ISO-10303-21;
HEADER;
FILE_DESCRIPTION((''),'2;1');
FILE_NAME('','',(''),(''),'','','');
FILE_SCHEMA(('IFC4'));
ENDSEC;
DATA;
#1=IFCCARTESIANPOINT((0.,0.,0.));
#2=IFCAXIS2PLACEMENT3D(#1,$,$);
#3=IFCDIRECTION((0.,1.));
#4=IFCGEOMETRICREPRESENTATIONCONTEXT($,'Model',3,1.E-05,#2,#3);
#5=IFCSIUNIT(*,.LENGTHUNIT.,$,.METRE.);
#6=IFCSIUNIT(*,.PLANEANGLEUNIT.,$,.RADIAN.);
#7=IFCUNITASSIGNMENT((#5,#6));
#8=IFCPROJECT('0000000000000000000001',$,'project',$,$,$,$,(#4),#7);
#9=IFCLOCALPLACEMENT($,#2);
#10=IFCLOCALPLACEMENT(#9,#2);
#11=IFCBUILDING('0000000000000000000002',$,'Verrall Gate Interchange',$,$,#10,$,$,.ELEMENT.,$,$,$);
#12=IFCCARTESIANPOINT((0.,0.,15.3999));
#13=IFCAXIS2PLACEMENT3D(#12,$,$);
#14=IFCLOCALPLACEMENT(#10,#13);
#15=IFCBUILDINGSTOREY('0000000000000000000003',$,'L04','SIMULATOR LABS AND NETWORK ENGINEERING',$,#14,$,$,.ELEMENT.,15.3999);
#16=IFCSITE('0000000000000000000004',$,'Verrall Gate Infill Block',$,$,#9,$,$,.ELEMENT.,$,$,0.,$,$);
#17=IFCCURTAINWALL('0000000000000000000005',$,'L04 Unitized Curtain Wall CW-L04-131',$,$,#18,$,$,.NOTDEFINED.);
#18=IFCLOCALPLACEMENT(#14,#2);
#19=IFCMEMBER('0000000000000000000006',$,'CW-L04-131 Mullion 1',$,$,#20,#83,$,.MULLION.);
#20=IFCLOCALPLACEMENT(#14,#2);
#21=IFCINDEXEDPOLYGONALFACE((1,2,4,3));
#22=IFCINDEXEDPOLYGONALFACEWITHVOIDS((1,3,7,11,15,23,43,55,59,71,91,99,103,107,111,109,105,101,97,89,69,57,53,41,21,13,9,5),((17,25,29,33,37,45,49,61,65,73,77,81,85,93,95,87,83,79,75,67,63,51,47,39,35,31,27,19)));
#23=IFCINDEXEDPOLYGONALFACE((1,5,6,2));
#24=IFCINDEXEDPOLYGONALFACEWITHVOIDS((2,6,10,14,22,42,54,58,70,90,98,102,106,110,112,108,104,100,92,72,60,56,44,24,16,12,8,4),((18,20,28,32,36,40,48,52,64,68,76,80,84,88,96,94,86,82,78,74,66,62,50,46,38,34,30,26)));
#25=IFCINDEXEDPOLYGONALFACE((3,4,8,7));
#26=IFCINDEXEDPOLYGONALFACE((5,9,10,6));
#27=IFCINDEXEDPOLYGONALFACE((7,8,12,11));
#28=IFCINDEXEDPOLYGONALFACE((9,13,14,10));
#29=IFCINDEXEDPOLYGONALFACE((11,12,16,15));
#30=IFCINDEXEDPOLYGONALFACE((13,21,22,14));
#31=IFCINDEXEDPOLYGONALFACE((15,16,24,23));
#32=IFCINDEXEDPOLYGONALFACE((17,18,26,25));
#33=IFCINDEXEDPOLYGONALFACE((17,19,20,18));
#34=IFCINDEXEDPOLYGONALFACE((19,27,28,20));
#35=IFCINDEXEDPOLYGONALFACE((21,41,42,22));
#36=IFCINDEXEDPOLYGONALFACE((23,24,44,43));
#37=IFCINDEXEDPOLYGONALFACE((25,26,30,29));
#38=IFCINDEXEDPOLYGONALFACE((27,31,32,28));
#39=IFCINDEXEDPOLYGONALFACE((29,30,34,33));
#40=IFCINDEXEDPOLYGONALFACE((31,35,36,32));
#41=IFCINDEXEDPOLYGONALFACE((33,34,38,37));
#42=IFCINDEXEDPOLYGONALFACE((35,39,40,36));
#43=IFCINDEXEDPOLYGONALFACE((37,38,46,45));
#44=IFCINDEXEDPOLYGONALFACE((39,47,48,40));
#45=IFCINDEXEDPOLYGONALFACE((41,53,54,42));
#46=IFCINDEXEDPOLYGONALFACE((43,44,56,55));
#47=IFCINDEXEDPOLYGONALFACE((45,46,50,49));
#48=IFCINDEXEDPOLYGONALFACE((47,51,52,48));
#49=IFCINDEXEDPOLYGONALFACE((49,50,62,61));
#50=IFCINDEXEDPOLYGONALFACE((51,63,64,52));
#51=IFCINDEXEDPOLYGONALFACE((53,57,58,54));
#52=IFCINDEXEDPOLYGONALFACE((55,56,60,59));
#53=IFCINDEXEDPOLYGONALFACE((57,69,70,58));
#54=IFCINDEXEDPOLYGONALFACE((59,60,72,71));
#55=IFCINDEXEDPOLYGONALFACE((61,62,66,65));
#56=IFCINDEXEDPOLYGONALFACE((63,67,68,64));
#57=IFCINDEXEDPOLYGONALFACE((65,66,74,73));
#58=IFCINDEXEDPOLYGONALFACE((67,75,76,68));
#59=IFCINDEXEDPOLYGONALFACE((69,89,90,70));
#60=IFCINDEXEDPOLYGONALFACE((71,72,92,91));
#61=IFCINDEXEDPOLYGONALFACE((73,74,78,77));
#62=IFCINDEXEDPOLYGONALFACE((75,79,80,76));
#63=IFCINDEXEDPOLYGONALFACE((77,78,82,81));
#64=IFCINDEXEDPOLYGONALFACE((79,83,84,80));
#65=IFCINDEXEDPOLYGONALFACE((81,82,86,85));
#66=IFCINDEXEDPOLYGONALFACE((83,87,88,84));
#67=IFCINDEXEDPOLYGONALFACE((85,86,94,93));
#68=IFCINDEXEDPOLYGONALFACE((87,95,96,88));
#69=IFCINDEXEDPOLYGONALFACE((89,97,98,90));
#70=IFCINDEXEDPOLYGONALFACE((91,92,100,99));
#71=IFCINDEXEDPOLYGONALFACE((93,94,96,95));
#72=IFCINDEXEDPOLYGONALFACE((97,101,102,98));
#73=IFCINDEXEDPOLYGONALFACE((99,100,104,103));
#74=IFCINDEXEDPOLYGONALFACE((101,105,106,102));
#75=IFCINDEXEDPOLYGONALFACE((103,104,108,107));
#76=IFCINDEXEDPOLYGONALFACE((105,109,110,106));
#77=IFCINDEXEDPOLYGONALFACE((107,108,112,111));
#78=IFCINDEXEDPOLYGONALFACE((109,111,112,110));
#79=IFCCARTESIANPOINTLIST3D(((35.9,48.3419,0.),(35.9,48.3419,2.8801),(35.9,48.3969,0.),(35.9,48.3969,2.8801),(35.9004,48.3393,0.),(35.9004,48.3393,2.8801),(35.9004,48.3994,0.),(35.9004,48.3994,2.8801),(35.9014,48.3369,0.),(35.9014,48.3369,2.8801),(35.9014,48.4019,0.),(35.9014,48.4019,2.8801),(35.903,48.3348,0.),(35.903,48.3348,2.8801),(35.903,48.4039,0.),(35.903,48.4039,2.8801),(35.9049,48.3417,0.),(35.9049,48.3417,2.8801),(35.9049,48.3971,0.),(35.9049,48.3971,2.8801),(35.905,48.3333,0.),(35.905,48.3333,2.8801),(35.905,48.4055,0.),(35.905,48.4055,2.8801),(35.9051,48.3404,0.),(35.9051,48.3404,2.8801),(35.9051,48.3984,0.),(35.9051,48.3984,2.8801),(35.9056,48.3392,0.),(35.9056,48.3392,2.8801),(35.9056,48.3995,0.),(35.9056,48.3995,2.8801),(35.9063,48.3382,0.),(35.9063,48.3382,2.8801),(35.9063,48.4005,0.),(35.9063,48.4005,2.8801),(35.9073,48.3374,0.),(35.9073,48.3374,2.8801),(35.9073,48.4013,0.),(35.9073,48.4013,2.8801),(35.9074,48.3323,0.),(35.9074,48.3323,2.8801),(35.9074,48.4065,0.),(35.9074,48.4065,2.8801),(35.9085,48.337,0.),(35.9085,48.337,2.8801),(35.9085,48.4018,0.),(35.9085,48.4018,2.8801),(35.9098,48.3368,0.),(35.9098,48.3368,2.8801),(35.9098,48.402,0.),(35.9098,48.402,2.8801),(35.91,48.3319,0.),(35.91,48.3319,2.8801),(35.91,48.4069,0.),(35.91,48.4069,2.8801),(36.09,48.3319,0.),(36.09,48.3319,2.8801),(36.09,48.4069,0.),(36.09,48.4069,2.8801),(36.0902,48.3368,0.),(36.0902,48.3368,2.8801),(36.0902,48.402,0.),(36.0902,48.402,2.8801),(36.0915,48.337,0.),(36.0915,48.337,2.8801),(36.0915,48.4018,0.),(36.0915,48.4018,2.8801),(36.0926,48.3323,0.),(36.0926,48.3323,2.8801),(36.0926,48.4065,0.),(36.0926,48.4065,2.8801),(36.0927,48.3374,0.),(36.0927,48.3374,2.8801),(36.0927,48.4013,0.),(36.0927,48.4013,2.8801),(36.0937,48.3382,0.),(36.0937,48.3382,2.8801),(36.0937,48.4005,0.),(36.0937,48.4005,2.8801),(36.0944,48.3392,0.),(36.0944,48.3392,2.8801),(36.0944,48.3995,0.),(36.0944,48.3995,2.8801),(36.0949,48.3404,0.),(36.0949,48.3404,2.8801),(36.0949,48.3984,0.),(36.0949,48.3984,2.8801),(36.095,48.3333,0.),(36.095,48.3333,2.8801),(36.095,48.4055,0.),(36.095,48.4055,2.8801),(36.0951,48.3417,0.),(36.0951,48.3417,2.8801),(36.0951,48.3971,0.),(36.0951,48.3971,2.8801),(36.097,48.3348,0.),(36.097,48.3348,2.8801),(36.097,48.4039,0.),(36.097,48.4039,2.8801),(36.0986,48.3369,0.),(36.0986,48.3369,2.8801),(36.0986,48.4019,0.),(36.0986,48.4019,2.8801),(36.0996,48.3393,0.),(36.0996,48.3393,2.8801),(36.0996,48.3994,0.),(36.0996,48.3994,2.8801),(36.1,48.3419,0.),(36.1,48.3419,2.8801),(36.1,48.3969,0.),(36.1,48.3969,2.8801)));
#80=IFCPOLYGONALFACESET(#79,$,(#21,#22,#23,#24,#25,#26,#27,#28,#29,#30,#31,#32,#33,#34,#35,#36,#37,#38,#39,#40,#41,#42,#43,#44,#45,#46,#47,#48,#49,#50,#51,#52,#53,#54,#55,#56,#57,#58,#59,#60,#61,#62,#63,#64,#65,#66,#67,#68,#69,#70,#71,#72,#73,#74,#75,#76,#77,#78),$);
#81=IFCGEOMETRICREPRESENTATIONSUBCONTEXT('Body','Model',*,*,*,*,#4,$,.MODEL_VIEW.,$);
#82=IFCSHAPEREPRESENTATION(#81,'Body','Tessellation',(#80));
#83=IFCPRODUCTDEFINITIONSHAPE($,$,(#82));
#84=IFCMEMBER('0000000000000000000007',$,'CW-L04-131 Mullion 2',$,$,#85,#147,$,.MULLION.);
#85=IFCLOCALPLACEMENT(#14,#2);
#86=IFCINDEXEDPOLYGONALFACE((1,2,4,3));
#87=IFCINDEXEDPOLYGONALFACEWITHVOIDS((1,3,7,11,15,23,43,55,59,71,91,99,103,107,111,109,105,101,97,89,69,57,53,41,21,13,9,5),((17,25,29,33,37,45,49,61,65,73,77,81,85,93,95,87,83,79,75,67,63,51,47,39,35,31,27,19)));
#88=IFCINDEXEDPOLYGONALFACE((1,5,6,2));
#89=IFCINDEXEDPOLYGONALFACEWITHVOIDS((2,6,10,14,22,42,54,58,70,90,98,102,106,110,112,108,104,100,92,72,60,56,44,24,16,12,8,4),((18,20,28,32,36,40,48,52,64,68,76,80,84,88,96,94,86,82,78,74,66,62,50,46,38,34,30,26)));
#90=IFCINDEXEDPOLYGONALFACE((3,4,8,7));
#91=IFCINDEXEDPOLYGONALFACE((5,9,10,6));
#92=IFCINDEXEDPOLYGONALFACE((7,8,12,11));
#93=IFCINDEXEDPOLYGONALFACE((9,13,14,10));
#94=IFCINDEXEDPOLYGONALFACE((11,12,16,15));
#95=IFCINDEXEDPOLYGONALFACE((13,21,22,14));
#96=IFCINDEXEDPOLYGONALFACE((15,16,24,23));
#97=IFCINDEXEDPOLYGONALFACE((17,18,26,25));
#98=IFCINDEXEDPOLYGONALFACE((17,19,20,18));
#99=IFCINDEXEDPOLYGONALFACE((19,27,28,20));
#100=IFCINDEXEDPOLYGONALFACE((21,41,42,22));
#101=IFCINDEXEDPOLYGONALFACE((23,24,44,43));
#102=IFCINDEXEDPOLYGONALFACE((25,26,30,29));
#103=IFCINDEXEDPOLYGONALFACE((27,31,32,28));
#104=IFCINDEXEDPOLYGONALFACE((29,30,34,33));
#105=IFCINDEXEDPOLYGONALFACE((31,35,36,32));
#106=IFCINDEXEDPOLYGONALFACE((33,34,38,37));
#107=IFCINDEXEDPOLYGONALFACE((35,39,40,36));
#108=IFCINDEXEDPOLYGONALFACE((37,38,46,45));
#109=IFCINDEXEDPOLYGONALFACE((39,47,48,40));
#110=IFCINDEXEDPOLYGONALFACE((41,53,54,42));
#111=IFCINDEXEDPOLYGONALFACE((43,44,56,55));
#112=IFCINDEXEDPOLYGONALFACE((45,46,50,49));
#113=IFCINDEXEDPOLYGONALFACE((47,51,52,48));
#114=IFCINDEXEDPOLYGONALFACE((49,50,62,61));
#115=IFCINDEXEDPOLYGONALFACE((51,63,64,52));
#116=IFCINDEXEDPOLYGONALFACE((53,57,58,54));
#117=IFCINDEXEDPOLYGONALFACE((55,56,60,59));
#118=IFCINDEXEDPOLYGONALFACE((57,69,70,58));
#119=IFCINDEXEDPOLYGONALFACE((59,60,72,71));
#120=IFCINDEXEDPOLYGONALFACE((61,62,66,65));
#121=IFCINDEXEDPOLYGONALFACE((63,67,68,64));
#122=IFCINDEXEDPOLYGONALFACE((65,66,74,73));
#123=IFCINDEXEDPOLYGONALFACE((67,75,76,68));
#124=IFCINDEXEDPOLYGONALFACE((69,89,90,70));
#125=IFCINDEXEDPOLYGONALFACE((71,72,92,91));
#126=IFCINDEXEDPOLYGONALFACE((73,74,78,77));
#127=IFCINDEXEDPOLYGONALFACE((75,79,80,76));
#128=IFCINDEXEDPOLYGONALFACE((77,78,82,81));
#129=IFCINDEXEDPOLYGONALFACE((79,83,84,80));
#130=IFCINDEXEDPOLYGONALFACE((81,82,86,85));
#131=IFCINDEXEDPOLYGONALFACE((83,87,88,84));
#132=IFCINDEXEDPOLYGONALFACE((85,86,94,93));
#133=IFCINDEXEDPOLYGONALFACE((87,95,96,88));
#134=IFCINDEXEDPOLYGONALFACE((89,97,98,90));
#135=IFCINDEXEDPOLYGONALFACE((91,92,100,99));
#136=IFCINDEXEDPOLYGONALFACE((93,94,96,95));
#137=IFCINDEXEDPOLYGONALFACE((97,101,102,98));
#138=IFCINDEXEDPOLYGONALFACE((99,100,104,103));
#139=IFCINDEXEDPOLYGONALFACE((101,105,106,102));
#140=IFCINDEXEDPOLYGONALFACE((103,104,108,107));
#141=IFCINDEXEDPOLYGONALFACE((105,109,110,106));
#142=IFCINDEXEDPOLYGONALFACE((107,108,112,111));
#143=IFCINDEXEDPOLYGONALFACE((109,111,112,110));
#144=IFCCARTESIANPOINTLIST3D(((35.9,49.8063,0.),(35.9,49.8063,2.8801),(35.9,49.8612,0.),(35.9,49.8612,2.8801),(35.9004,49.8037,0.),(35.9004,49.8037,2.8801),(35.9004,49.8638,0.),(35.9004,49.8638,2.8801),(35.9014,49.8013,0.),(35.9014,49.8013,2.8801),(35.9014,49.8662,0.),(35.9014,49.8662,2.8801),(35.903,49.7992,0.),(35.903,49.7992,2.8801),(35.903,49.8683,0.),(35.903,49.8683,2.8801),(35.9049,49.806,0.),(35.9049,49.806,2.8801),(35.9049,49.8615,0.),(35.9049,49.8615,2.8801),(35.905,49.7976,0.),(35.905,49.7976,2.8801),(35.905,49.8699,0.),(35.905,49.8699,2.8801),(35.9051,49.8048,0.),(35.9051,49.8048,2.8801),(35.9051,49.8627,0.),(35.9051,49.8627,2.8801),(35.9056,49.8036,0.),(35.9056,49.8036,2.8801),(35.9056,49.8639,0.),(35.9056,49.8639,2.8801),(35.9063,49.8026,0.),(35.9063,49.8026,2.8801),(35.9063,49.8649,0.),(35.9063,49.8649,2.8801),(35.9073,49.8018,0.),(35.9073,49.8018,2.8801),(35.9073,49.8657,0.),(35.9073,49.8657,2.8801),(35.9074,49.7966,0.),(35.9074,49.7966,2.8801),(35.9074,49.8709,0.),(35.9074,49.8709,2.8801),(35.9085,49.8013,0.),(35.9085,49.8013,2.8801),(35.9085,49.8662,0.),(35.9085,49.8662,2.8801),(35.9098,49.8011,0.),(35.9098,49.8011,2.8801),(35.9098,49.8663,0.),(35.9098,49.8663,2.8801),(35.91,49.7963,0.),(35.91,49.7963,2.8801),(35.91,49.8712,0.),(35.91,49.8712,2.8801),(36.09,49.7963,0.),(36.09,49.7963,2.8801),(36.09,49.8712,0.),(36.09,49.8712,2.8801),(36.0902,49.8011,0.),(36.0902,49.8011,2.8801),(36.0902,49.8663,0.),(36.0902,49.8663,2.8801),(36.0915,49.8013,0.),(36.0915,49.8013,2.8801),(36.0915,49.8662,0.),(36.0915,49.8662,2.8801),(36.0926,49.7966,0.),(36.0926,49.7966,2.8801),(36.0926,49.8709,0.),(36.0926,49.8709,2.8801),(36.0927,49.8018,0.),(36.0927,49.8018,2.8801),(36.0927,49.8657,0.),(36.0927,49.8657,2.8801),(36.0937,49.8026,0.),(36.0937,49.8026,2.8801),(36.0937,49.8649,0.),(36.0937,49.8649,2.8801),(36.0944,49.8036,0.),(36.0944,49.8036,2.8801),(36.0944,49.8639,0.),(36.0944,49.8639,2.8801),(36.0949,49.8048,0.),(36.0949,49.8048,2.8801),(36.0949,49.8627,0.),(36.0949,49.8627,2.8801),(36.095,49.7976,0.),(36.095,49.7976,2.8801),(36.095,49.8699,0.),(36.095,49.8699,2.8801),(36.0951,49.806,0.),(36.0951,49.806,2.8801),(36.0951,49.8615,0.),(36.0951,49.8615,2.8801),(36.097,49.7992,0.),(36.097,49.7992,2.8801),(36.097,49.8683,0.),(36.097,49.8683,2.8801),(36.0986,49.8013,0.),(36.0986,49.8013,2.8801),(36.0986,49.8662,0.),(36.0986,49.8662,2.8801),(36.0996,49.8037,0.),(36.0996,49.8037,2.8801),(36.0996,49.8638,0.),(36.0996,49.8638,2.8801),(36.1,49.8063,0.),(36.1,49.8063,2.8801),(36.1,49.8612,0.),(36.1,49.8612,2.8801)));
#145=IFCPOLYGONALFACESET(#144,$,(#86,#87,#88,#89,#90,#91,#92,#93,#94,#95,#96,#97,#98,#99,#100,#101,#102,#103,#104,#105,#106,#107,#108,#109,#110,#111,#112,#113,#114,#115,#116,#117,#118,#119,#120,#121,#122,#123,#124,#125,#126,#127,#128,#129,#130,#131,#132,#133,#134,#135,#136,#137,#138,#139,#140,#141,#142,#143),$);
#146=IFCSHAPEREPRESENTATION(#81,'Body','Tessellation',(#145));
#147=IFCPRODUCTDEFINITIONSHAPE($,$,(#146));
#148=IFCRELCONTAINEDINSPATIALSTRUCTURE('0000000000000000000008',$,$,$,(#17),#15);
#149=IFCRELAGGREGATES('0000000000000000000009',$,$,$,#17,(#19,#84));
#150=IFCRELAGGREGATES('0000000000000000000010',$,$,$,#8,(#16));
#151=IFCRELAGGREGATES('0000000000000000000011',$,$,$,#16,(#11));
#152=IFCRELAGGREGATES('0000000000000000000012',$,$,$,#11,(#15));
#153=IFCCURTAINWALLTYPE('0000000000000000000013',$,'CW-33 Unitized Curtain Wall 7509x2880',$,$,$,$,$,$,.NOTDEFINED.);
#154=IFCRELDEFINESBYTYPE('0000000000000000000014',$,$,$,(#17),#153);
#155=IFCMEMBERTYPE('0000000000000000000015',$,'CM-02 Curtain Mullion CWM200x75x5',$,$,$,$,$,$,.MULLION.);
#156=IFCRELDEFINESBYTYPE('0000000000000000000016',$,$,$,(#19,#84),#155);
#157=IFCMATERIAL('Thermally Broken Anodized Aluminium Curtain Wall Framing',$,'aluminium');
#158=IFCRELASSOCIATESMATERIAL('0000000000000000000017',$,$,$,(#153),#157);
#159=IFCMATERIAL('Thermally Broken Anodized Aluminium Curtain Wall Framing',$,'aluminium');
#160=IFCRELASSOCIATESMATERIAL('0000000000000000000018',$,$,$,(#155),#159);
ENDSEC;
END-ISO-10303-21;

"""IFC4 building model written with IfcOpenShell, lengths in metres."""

from ifc_helpers import new_model, si_unit, direction, frame, origin, origin_2d, place, context, subcontext, project, spatial, hollow_rectangle, extrude, material, material_profile, profile_set, type_object, element, aggregate, save


model = new_model("IFC4")

# Units and contexts
model_context = context("Model", 3, precision=1e-05, world=origin(), true_north=direction((0.0, 1.0)))
body_context = subcontext(model_context, "Body", "Model", "MODEL_VIEW")
ifc_project = project(units=[si_unit("LENGTHUNIT", "METRE"), si_unit("PLANEANGLEUNIT", "RADIAN")], contexts=[model_context])

# Site, building, storey
site_placement = place(None, origin())
site = spatial("IfcSite", under=ifc_project, at=site_placement, Name="Verrall Gate Infill Block", CompositionType="ELEMENT", RefElevation=0.0)
building_placement = place(site_placement, origin())
building = spatial("IfcBuilding", under=site, at=building_placement, Name="Verrall Gate Interchange", CompositionType="ELEMENT")
storey_placement = place(building_placement, frame((0.0, 0.0, 15.3999)))
storey = spatial("IfcBuildingStorey", under=building, at=storey_placement, Name="L04", Description="SIMULATOR LABS AND NETWORK ENGINEERING", CompositionType="ELEMENT", Elevation=15.3999)

# Curtain wall, members
ifc_material_1 = material(Name="Thermally Broken Anodized Aluminium Curtain Wall Framing", Category="aluminium")
curtain_wall_type_1 = type_object("IfcCurtainWallType", Name="CW-33 Unitized Curtain Wall 7509x2880", PredefinedType="NOTDEFINED", material=ifc_material_1)
curtain_wall_1_placement = place(storey_placement, origin())
curtain_wall_1 = element("IfcCurtainWall", 1, at=curtain_wall_1_placement, inside=storey, type_object=curtain_wall_type_1, Name="L04 Unitized Curtain Wall CW-L04-131", PredefinedType="NOTDEFINED")
ifc_material_2 = material(Name="Thermally Broken Anodized Aluminium Curtain Wall Framing", Category="aluminium")
ifc_material_profile_1 = material_profile(ifc_material_2, hollow_rectangle(XDim=0.075, YDim=0.2, WallThickness=0.0049, InnerFilletRadius=0.0049, OuterFilletRadius=0.01, at=origin_2d()), Name="CWM200x75x5")
ifc_profile_set_1 = profile_set([ifc_material_profile_1], Name="Thermally Broken Anodized Aluminium Curtain Wall Framing")
member_type_1 = type_object("IfcMemberType", Name="CM-02 Curtain Mullion CWM200x75x5", PredefinedType="MULLION", material=ifc_profile_set_1)
member_1_placement = place(storey_placement, frame((36.0, 48.3694, 0.0), z_axis=(0.0, 0.0, 1.0), x_axis=(0.0, 1.0, 0.0)))
member_1 = element("IfcMember", 2, at=member_1_placement, type_object=member_type_1, Name="CW-L04-131 Mullion 1", PredefinedType="MULLION", context=body_context, shape_type="SweptSolid", body=[
    extrude(hollow_rectangle(XDim=0.075, YDim=0.2, WallThickness=0.0049, InnerFilletRadius=0.0049, OuterFilletRadius=0.01, at=origin_2d()), origin(), (0.0, 0.0, 1.0), 2.8801),
])
member_2_placement = place(storey_placement, frame((36.0, 49.8337, 0.0), z_axis=(0.0, 0.0, 1.0), x_axis=(0.0, 1.0, 0.0)))
member_2 = element("IfcMember", 3, at=member_2_placement, type_object=member_type_1, Name="CW-L04-131 Mullion 2", PredefinedType="MULLION", context=body_context, shape_type="SweptSolid", body=[
    extrude(hollow_rectangle(XDim=0.075, YDim=0.2, WallThickness=0.0049, InnerFilletRadius=0.0049, OuterFilletRadius=0.01, at=origin_2d()), origin(), (0.0, 0.0, 1.0), 2.8801),
])

aggregate(curtain_wall_1, [member_1, member_2])

save(model, "model.ifc")
